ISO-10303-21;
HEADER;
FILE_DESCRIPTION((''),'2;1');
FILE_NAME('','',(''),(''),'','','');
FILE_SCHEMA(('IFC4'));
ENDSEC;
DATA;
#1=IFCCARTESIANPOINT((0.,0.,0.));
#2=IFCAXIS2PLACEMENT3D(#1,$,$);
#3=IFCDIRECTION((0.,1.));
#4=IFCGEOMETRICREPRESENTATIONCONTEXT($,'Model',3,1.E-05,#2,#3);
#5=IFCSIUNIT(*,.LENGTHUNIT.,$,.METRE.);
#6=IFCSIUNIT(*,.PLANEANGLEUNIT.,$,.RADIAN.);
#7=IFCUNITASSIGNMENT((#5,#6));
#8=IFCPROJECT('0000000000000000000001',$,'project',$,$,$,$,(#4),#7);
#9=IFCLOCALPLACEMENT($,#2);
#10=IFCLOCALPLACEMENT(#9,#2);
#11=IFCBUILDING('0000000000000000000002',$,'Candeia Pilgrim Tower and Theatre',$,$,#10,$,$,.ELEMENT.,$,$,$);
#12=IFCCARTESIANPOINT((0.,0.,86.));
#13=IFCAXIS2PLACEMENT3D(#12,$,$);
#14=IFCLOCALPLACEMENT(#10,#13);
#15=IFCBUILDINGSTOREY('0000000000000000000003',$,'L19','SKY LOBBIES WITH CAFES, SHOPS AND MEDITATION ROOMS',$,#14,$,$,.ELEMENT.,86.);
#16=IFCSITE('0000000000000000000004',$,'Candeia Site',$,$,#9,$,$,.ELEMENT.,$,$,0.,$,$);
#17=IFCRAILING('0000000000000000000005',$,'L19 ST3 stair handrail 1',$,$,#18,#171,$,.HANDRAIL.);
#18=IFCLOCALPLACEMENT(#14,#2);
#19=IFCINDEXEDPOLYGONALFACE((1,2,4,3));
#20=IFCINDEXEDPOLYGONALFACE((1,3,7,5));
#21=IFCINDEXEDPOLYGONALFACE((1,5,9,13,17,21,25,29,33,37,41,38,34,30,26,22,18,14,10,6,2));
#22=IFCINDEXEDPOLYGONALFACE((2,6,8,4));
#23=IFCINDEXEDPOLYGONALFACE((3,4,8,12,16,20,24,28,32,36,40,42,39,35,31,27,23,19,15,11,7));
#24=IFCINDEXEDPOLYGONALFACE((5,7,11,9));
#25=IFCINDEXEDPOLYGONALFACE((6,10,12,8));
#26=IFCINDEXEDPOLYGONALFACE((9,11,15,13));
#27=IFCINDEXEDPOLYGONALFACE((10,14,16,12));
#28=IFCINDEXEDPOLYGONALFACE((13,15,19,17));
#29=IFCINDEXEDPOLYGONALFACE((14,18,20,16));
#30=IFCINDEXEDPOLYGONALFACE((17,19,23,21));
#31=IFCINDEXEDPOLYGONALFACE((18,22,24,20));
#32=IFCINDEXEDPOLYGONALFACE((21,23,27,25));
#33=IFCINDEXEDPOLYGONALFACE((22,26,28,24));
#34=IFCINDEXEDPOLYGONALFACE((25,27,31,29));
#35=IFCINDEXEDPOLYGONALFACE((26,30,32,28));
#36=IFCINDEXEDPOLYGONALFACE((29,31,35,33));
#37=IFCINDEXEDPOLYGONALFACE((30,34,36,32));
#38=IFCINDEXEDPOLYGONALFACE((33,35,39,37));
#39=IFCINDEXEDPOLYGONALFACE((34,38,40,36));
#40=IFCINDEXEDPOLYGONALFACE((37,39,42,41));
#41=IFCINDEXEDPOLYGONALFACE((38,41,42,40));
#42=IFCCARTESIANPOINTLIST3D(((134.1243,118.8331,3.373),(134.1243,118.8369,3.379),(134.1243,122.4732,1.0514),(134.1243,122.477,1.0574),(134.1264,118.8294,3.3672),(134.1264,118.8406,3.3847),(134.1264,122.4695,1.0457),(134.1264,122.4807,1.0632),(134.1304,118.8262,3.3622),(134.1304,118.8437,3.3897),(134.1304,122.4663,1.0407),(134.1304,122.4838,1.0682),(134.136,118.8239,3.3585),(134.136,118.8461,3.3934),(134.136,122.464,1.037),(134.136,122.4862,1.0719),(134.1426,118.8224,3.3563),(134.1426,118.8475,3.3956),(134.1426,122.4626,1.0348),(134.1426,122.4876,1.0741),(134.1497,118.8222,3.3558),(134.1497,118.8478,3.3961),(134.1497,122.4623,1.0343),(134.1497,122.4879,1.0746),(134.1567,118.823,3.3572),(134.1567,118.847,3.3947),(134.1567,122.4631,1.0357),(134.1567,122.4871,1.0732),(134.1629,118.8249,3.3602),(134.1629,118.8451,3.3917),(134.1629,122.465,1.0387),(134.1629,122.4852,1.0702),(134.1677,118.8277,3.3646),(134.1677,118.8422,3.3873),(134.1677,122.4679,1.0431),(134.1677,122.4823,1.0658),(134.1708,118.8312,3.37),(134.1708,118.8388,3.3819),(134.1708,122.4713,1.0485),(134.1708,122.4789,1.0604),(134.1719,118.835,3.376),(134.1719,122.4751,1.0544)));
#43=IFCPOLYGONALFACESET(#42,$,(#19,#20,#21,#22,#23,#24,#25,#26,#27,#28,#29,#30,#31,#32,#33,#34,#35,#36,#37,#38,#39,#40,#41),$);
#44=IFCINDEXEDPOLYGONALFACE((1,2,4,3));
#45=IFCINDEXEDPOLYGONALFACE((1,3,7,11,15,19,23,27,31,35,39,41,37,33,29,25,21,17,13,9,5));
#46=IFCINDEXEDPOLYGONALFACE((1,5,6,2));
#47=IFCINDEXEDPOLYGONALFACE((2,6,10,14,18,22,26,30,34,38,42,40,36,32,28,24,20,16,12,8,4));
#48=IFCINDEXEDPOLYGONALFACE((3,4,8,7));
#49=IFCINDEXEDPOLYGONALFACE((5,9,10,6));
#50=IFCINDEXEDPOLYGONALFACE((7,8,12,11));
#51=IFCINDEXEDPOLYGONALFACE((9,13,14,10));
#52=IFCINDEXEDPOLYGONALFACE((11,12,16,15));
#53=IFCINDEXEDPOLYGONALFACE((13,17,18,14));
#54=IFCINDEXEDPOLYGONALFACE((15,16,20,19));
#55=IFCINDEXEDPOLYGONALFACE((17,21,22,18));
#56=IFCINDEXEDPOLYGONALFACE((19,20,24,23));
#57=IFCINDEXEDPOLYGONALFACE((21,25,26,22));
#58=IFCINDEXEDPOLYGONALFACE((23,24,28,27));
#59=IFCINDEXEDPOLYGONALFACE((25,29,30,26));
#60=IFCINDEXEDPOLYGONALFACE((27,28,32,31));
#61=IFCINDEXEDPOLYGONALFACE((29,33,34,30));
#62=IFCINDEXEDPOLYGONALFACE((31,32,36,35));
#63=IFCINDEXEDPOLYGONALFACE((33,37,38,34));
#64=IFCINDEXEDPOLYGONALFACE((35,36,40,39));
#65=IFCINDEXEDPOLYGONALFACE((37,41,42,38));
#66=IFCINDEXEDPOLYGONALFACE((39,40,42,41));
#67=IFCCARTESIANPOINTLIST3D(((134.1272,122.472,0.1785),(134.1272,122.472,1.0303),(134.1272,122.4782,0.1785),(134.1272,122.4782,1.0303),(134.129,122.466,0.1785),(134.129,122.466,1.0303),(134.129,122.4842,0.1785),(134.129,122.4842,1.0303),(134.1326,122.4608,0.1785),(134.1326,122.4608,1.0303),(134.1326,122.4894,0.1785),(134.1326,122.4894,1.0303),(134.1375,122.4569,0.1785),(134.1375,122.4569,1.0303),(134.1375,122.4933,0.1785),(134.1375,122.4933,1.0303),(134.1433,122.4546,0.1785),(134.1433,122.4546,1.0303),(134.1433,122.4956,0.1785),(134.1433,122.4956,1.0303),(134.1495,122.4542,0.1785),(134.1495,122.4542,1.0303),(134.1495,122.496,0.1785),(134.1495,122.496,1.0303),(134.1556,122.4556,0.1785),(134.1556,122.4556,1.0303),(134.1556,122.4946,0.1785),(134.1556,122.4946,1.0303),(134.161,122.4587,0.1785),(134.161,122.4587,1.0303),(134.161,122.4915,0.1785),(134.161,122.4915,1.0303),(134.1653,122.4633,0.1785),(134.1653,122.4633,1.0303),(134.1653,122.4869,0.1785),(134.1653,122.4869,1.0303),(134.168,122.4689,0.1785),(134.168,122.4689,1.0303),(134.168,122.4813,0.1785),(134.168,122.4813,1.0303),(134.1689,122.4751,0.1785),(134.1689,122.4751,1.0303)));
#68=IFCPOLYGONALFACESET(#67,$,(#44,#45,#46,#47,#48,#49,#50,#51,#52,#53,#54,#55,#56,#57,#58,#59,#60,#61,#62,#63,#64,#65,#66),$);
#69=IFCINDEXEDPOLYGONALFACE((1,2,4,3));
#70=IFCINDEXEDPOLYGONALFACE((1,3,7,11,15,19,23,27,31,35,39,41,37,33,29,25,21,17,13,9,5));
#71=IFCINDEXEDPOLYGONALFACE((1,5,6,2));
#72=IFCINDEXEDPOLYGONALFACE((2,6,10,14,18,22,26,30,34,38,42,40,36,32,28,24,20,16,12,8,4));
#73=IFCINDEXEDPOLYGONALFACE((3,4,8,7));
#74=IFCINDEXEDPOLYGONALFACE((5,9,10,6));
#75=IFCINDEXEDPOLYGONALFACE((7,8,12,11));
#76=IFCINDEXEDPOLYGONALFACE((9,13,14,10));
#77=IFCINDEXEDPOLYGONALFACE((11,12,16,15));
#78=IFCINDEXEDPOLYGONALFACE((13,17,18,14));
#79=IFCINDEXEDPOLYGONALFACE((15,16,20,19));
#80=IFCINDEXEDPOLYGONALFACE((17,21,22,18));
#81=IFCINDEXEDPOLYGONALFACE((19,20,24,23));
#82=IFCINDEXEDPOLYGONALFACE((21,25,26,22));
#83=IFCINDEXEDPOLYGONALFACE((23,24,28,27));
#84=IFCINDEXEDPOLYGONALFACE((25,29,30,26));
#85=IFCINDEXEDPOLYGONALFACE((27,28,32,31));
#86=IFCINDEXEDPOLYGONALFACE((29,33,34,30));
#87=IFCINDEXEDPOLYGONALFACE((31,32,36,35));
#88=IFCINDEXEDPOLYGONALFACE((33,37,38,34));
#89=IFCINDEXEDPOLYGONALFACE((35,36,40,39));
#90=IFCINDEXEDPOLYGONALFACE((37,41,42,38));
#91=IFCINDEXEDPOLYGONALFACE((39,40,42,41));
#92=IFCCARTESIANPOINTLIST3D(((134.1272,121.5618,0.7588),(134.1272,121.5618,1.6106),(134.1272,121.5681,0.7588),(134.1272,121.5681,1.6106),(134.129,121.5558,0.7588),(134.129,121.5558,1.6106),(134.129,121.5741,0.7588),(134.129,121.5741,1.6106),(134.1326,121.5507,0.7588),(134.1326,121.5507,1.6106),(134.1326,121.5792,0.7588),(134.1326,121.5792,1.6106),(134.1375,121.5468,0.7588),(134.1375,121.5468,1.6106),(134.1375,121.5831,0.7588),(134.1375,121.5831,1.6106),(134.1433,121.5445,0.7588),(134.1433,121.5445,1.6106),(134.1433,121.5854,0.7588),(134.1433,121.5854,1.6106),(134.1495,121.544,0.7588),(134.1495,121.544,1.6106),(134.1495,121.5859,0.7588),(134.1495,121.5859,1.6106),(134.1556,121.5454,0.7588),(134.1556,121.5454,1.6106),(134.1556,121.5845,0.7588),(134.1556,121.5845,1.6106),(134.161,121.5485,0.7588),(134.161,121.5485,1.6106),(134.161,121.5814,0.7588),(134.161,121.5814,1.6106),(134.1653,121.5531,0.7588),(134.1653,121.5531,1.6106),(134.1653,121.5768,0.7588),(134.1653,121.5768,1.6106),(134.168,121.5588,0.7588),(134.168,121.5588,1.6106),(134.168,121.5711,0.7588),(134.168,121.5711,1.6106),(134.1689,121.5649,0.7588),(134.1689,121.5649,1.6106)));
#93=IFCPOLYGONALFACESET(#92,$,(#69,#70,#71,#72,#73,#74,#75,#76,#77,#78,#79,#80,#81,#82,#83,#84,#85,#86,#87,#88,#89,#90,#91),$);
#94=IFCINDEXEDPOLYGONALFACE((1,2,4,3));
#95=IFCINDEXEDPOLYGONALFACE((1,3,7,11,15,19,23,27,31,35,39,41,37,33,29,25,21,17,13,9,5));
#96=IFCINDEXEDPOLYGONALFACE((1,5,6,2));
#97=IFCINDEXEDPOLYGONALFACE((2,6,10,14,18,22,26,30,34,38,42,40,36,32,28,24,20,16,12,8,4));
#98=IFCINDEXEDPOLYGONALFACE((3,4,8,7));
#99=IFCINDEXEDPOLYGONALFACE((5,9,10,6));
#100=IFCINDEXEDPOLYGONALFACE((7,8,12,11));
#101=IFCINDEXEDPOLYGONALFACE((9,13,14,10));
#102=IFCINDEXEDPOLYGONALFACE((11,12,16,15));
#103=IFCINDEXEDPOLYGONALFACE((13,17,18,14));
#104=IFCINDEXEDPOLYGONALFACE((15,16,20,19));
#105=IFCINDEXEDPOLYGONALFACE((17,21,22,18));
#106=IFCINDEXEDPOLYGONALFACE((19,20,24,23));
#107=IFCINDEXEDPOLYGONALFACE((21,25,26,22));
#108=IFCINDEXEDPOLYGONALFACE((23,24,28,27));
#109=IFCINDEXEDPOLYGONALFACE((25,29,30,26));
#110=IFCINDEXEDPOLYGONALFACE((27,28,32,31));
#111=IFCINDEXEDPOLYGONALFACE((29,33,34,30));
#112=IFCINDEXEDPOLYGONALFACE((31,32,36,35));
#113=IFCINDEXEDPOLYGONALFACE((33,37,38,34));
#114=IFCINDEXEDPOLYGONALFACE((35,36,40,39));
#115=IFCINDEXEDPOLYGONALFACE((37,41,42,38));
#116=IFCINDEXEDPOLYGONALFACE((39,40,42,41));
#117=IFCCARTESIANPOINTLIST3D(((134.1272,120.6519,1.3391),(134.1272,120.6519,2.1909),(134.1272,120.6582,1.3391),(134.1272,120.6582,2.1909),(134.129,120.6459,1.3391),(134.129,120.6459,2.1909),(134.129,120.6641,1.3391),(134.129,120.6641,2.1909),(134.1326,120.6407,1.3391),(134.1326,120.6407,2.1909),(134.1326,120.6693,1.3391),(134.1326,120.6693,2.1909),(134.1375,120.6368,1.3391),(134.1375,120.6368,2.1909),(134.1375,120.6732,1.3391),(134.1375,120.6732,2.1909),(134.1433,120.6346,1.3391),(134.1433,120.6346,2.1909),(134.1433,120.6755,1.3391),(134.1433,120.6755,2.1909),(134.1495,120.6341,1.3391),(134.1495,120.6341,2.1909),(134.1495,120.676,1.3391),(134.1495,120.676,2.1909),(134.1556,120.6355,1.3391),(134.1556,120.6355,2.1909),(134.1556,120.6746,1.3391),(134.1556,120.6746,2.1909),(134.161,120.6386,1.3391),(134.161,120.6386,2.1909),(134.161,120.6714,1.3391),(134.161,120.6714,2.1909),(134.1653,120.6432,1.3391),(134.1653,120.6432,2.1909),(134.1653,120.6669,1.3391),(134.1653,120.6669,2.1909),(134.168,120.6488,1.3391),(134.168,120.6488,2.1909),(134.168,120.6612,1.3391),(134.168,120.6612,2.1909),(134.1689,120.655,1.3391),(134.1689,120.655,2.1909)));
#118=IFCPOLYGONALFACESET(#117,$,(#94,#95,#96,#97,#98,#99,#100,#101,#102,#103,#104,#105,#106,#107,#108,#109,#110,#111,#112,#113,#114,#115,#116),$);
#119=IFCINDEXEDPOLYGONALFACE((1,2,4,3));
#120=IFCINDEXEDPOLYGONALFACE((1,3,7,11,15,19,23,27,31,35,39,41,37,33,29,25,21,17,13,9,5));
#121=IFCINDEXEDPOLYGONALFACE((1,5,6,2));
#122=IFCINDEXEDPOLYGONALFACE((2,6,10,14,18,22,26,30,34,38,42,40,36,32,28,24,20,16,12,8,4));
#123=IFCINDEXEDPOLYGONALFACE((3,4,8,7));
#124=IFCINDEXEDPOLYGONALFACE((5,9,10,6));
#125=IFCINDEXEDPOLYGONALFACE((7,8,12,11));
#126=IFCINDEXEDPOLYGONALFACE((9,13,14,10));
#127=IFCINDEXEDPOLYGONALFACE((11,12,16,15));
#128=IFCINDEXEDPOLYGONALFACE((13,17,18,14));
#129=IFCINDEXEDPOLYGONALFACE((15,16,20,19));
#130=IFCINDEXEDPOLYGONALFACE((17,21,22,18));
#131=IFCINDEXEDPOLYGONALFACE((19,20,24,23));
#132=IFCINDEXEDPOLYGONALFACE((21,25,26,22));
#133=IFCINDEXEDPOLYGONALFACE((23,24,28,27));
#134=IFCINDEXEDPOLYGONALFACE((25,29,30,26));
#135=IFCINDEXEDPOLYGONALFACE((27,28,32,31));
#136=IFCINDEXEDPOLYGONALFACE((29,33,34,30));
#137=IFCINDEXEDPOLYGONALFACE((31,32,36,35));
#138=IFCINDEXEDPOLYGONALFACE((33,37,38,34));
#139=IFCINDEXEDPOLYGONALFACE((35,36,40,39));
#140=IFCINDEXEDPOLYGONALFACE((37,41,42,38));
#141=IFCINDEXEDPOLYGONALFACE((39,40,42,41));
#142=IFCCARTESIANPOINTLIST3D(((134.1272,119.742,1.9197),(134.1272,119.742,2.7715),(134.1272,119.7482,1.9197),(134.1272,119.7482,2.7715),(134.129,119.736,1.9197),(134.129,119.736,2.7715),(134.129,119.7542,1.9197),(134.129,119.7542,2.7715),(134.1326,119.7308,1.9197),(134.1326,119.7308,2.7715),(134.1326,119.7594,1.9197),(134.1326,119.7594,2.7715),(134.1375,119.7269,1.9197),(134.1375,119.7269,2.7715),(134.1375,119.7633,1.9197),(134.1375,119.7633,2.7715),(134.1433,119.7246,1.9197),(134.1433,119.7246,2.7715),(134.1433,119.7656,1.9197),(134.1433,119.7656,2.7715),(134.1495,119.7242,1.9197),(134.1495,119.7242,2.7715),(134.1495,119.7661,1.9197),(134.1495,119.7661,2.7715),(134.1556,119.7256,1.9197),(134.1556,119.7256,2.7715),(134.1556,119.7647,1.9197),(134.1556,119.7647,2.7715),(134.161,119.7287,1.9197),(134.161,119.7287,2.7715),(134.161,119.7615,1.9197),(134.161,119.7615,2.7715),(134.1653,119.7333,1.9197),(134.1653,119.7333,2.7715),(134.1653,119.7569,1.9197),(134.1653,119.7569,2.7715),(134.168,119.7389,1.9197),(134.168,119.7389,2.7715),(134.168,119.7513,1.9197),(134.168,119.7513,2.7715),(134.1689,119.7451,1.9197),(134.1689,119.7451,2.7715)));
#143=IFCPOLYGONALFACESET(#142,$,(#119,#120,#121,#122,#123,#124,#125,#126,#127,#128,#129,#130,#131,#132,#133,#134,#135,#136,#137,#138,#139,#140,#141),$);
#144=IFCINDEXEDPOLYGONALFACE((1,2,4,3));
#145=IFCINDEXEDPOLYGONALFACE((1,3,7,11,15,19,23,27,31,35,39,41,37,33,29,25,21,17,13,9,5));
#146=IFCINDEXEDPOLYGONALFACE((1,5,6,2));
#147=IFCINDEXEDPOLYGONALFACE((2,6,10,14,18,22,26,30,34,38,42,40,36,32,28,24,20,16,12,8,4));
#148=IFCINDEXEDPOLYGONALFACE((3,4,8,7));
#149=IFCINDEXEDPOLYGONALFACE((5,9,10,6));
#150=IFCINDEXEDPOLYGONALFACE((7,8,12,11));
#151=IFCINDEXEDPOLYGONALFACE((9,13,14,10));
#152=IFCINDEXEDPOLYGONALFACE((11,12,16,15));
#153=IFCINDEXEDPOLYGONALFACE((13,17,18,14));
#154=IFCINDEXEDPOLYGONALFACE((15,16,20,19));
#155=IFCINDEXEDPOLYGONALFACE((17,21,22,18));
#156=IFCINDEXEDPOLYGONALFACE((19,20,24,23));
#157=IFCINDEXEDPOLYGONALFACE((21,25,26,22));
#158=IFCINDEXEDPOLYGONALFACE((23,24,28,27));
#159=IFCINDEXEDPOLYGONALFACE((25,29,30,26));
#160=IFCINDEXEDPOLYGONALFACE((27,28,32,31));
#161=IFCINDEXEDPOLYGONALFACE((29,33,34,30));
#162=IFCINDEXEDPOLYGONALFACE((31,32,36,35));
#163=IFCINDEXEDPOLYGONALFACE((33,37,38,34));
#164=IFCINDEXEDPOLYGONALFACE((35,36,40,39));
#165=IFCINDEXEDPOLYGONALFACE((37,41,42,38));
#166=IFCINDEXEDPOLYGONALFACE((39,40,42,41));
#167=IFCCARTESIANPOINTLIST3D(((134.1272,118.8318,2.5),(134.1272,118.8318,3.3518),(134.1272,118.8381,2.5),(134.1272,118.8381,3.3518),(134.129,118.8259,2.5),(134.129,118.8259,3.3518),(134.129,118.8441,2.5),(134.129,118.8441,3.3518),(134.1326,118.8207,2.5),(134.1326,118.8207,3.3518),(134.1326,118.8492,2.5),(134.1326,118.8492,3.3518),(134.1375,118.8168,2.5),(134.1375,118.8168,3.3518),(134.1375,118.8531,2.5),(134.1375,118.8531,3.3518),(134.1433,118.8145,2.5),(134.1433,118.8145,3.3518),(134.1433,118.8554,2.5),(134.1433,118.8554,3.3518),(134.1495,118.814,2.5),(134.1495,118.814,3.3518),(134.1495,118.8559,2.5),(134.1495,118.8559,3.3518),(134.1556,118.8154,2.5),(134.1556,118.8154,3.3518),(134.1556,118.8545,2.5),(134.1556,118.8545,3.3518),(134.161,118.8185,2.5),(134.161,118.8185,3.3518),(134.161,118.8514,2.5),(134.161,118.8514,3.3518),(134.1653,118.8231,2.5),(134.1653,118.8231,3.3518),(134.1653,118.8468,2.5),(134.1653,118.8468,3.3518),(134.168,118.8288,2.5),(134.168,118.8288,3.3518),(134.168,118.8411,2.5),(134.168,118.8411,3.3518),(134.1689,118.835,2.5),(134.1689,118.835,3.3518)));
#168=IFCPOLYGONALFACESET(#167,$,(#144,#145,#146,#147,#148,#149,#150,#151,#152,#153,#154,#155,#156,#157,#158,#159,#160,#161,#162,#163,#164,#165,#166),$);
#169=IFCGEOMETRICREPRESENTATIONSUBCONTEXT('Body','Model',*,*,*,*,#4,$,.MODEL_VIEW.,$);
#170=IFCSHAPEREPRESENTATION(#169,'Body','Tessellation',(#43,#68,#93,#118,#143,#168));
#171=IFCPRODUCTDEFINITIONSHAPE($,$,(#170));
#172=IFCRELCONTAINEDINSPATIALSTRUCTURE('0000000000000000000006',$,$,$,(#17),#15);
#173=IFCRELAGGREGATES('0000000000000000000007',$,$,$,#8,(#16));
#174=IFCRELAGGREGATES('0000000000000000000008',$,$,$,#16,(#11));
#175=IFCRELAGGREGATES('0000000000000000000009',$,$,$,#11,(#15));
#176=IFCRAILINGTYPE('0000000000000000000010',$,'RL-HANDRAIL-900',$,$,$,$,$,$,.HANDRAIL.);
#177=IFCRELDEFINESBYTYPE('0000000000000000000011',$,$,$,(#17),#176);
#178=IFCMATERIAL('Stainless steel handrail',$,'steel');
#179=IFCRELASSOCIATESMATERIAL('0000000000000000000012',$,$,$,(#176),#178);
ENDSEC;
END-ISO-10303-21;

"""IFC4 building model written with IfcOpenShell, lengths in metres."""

from ifc_helpers import new_model, si_unit, direction, frame, origin, origin_2d, place, context, subcontext, project, spatial, circle, extrude, material, type_object, element, save


model = new_model("IFC4")

# Units and contexts
model_context = context("Model", 3, precision=1e-05, world=origin(), true_north=direction((0.0, 1.0)))
body_context = subcontext(model_context, "Body", "Model", "MODEL_VIEW")
ifc_project = project(units=[si_unit("LENGTHUNIT", "METRE"), si_unit("PLANEANGLEUNIT", "RADIAN")], contexts=[model_context])

# Site, building, storey
site_placement = place(None, origin())
site = spatial("IfcSite", under=ifc_project, at=site_placement, Name="Candeia Site", CompositionType="ELEMENT", RefElevation=0.0)
building_placement = place(site_placement, origin())
building = spatial("IfcBuilding", under=site, at=building_placement, Name="Candeia Pilgrim Tower and Theatre", CompositionType="ELEMENT")
storey_placement = place(building_placement, frame((0.0, 0.0, 86.0)))
storey = spatial("IfcBuildingStorey", under=building, at=storey_placement, Name="L19", Description="SKY LOBBIES WITH CAFES, SHOPS AND MEDITATION ROOMS", CompositionType="ELEMENT", Elevation=86.0)

# Railing
ifc_material_1 = material(Name="Stainless steel handrail", Category="steel")
railing_type_1 = type_object("IfcRailingType", Name="RL-HANDRAIL-900", PredefinedType="HANDRAIL", material=ifc_material_1)
railing_1_placement = place(storey_placement, frame((134.1479, 122.4751, 0.1785)))
element("IfcRailing", 1, at=railing_1_placement, inside=storey, type_object=railing_type_1, Name="L19 ST3 stair handrail 1", PredefinedType="HANDRAIL", context=body_context, shape_type="SweptSolid", body=[
    extrude(circle(Radius=0.0239, at=origin_2d()), frame((0.0, 0.0, 0.876), z_axis=(0.0, -0.843128, 0.537713), x_axis=(1.0, 0.0, 0.0)), (0.0, 0.0, 1.0), 4.3174),
    extrude(circle(Radius=0.021, at=origin_2d()), origin(), (0.0, 0.0, 1.0), 0.8518),
    extrude(circle(Radius=0.021, at=origin_2d()), frame((0.0, -0.9102, 0.5803)), (0.0, 0.0, 1.0), 0.8518),
    extrude(circle(Radius=0.021, at=origin_2d()), frame((0.0, -1.8201, 1.1606)), (0.0, 0.0, 1.0), 0.8518),
    extrude(circle(Radius=0.021, at=origin_2d()), frame((0.0, -2.73, 1.7412)), (0.0, 0.0, 1.0), 0.8518),
    extrude(circle(Radius=0.021, at=origin_2d()), frame((0.0, -3.6401, 2.3215)), (0.0, 0.0, 1.0), 0.8518),
])

save(model, "model.ifc")
